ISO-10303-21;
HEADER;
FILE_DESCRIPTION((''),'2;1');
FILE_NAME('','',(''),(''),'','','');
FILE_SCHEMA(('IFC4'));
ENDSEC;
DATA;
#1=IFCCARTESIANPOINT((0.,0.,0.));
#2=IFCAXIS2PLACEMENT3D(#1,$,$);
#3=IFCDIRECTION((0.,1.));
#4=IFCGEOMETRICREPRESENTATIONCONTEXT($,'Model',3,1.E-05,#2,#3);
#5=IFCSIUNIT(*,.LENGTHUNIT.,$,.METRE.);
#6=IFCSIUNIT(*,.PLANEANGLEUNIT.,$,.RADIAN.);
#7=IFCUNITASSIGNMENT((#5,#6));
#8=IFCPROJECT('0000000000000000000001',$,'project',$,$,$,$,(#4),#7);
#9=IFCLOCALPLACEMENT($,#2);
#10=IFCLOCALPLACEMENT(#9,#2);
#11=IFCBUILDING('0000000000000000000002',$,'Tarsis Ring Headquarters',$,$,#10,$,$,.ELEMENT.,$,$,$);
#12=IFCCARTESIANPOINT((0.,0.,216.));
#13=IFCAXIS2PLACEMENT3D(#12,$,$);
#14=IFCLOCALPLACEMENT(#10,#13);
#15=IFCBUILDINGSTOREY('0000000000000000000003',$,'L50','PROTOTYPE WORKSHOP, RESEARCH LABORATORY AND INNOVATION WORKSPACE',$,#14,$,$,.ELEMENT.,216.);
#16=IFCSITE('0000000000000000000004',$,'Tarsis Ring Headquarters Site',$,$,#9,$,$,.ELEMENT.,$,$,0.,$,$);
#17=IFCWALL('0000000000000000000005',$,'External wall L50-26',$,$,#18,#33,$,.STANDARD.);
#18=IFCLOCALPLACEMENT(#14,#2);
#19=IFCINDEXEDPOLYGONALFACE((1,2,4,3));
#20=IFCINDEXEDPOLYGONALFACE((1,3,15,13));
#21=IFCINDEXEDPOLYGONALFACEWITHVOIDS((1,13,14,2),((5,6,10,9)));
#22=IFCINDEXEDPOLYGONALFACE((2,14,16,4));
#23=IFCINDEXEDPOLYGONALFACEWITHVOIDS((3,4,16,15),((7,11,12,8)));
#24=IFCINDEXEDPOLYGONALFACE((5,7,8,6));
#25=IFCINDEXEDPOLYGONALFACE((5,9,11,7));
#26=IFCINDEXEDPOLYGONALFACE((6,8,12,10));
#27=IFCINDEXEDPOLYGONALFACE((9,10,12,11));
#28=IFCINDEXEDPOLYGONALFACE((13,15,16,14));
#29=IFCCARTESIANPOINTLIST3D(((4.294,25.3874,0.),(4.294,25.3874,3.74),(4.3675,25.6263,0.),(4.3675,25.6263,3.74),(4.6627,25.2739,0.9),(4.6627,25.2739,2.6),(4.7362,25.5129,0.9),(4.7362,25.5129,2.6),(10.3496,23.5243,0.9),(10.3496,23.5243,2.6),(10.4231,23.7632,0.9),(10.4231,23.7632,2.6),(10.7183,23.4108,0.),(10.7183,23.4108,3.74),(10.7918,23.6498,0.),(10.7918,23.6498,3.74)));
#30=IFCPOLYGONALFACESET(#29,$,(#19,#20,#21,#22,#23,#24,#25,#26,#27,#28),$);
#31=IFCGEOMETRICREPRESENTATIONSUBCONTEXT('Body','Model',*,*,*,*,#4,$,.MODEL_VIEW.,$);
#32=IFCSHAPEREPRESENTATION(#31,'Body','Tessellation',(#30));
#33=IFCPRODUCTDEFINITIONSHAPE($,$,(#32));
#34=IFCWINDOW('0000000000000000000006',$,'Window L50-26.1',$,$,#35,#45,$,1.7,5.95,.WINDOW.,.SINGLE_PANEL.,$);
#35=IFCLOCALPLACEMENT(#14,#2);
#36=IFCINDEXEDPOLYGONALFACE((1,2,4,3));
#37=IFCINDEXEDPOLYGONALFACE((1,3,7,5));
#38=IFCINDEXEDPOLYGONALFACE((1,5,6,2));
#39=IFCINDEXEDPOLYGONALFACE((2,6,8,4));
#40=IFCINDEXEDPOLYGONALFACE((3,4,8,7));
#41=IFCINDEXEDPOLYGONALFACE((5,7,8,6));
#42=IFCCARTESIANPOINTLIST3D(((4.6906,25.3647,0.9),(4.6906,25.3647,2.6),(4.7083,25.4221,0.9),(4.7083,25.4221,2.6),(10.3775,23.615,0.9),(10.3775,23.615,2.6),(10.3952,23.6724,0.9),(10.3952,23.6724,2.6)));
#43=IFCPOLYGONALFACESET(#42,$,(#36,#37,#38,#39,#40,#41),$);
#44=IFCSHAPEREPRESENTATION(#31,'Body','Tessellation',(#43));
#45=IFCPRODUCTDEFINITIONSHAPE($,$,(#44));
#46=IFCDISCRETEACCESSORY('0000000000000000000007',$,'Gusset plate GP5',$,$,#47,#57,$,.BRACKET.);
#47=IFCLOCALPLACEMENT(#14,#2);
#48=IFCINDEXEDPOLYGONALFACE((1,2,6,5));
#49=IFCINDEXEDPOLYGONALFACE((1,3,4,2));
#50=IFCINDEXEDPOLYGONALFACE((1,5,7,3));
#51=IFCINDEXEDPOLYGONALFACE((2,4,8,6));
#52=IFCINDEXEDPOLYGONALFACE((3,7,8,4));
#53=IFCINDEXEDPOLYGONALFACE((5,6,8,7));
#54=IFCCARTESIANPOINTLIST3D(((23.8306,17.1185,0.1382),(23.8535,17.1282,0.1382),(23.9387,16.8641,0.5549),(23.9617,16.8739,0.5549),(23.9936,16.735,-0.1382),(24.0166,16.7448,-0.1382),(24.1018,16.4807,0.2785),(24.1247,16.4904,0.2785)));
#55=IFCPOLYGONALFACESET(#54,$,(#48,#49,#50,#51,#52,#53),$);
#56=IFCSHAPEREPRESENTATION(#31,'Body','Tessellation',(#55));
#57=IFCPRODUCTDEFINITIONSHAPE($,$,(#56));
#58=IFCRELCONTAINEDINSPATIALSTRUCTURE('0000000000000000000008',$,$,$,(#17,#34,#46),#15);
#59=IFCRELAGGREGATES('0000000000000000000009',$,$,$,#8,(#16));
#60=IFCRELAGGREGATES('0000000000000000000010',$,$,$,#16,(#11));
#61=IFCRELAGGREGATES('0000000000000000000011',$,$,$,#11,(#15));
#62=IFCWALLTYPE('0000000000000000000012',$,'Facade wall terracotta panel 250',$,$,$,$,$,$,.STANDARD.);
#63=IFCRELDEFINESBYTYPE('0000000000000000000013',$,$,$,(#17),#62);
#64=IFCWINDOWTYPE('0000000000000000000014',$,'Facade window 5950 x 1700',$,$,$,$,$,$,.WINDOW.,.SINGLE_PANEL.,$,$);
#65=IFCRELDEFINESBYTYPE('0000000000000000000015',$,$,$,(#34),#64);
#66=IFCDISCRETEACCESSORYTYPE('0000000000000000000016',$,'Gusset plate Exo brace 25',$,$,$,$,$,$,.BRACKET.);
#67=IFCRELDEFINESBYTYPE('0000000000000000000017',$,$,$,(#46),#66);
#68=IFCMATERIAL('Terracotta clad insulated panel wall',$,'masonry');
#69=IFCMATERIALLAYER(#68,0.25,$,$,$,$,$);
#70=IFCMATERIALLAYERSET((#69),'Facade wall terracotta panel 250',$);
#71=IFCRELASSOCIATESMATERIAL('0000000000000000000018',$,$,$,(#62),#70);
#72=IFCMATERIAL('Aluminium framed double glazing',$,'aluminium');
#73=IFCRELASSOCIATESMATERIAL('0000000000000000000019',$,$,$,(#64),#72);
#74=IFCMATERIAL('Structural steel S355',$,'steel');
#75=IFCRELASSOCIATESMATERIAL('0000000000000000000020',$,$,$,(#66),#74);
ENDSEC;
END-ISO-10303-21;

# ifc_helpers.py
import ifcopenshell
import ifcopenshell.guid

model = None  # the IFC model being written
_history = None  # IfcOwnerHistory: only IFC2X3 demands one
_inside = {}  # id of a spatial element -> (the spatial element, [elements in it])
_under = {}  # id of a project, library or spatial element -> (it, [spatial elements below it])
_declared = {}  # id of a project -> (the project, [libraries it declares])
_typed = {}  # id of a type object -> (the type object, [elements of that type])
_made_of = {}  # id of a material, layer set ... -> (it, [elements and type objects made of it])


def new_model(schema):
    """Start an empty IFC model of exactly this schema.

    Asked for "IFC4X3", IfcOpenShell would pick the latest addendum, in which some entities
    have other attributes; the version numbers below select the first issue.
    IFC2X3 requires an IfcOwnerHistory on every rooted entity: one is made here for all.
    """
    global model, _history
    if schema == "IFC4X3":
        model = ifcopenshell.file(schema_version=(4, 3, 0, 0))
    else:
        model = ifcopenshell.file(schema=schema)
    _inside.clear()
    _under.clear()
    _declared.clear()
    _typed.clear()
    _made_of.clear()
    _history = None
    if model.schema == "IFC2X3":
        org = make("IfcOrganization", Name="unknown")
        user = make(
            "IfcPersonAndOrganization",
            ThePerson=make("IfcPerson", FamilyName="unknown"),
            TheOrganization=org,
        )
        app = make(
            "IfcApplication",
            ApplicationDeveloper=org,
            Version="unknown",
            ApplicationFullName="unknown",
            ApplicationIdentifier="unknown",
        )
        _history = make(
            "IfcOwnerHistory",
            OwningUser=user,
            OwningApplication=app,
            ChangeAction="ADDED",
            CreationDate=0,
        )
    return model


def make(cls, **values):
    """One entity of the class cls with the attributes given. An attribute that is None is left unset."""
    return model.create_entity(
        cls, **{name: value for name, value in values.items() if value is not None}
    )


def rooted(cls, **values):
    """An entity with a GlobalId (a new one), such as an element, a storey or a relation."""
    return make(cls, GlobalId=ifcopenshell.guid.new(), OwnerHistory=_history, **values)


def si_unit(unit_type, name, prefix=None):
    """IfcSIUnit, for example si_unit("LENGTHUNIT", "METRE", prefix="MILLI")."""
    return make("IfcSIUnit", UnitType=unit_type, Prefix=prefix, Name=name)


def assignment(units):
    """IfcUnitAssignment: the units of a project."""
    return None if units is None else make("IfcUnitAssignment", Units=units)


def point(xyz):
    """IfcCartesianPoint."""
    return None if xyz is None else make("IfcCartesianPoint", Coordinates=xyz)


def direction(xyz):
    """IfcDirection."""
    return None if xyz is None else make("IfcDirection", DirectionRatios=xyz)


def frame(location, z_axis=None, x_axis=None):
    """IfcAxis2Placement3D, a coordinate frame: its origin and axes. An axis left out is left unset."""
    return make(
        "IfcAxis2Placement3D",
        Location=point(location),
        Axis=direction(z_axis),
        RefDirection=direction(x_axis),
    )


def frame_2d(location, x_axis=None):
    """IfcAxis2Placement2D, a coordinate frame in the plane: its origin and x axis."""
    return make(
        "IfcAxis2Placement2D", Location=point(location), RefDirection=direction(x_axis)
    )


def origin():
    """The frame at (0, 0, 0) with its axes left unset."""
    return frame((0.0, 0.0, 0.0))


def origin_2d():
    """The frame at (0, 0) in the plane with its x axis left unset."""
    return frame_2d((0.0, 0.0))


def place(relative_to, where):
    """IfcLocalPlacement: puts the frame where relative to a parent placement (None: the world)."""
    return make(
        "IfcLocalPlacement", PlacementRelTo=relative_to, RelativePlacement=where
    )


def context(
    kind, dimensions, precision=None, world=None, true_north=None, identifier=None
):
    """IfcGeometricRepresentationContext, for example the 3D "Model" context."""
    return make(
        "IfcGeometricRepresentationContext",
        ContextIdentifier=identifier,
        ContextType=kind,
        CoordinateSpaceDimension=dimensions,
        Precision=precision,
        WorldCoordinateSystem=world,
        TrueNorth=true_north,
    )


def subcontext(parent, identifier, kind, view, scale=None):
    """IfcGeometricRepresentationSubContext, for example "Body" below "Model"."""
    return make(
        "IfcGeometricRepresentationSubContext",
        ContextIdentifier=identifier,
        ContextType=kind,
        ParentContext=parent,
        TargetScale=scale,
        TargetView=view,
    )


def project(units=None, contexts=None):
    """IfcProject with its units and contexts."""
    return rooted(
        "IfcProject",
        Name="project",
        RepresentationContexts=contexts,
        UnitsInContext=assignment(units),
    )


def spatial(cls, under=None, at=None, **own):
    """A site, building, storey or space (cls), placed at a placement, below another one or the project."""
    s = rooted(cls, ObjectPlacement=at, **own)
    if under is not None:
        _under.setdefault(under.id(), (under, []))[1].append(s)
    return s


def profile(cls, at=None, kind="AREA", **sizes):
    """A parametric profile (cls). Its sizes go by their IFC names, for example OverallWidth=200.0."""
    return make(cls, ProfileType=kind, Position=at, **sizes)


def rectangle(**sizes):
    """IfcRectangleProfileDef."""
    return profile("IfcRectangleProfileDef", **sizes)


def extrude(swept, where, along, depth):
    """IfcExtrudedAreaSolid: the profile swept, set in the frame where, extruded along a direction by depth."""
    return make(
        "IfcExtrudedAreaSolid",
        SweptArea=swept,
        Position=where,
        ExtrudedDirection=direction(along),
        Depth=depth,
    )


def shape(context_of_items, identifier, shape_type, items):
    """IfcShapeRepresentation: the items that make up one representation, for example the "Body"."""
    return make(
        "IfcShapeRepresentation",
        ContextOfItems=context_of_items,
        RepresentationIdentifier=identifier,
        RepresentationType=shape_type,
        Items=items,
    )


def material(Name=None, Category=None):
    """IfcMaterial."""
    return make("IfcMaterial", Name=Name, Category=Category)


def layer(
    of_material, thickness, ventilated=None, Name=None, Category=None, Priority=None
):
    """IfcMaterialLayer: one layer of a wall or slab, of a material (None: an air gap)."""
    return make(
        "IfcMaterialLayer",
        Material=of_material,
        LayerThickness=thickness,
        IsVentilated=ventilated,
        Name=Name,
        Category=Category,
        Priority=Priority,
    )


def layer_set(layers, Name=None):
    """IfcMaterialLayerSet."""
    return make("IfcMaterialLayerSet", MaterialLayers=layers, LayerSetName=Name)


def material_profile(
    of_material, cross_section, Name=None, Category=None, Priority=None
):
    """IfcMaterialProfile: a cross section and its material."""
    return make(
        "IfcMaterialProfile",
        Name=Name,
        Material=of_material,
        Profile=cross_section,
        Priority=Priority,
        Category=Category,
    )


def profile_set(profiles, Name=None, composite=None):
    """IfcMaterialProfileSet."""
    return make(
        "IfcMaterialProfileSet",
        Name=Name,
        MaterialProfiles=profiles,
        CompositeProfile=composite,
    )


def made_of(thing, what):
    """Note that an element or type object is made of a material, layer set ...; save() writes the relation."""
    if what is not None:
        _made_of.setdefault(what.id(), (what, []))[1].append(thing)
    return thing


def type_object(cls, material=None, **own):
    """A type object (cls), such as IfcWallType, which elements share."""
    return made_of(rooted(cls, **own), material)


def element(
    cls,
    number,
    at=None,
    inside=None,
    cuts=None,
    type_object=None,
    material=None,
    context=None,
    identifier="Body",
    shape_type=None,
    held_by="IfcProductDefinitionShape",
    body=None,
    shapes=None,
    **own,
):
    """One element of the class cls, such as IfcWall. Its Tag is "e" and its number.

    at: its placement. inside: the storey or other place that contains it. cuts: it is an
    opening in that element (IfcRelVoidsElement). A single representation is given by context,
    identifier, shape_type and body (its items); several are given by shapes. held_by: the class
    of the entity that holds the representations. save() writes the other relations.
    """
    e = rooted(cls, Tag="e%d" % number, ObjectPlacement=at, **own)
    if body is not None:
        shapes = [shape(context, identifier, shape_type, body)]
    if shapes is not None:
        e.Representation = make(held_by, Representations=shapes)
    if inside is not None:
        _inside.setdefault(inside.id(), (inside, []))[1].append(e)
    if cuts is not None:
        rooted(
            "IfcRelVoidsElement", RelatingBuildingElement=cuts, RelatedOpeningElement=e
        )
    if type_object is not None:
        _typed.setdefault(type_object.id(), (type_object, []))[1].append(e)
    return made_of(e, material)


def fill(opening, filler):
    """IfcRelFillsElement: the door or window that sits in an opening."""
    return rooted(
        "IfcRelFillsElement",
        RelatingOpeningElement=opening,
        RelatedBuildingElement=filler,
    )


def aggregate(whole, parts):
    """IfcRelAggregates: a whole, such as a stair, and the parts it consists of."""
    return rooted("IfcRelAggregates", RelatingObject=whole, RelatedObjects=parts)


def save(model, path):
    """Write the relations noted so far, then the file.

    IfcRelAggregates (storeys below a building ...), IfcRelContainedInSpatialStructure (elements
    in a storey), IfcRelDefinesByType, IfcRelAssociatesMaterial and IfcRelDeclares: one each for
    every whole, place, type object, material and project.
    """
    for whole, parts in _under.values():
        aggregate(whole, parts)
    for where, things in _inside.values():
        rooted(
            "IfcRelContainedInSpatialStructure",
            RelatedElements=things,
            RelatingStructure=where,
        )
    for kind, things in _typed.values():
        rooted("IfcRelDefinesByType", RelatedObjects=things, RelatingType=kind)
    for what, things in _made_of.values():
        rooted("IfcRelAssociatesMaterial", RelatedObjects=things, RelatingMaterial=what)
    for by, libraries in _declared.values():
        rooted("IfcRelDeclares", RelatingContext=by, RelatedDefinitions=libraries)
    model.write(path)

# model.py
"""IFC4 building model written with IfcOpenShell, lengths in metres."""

from ifc_helpers import new_model, si_unit, direction, frame, frame_2d, origin, origin_2d, place, context, subcontext, project, spatial, rectangle, extrude, material, layer, layer_set, material_profile, profile_set, type_object, element, fill, save


model = new_model("IFC4")

# Units and contexts
model_context = context("Model", 3, precision=1e-05, world=origin(), true_north=direction((0.0, 1.0)))
body_context = subcontext(model_context, "Body", "Model", "MODEL_VIEW")
ifc_project = project(units=[si_unit("LENGTHUNIT", "METRE"), si_unit("PLANEANGLEUNIT", "RADIAN")], contexts=[model_context])

# Site, building, storey
site_placement = place(None, origin())
site = spatial("IfcSite", under=ifc_project, at=site_placement, Name="Tarsis Ring Headquarters Site", CompositionType="ELEMENT", RefElevation=0.0)
building_placement = place(site_placement, origin())
building = spatial("IfcBuilding", under=site, at=building_placement, Name="Tarsis Ring Headquarters", CompositionType="ELEMENT")
storey_placement = place(building_placement, frame((0.0, 0.0, 216.0)))
storey = spatial("IfcBuildingStorey", under=building, at=storey_placement, Name="L50", Description="PROTOTYPE WORKSHOP, RESEARCH LABORATORY AND INNOVATION WORKSPACE", CompositionType="ELEMENT", Elevation=216.0)

# Shared definitions
ifc_material_1 = material(Name="Structural steel S355", Category="steel")

# Wall, opening, window
ifc_material_2 = material(Name="Terracotta clad insulated panel wall", Category="masonry")
ifc_layer_1 = layer(ifc_material_2, 0.25)
ifc_layer_set_1 = layer_set([ifc_layer_1], Name="Facade wall terracotta panel 250")
wall_type_1 = type_object("IfcWallType", Name="Facade wall terracotta panel 250", PredefinedType="STANDARD", material=ifc_layer_set_1)
ifc_material_3 = material(Name="Aluminium framed double glazing", Category="aluminium")
window_type = type_object("IfcWindowType", Name="Facade window 5950 x 1700", PartitioningType="SINGLE_PANEL", PredefinedType="WINDOW", material=ifc_material_3)
wall_1_placement = place(storey_placement, frame((10.7551, 23.5303, 0.0), z_axis=(0.0, 0.0, 1.0), x_axis=(-0.955785, 0.294065, 0.0)))
wall_1 = element("IfcWall", 1, at=wall_1_placement, inside=storey, type_object=wall_type_1, Name="External wall L50-26", PredefinedType="STANDARD", context=body_context, shape_type="SweptSolid", body=[
    extrude(rectangle(XDim=6.7214, YDim=0.25, at=frame_2d((3.3608, 0.0))), origin(), (0.0, 0.0, 1.0), 3.74),
])
opening_1_placement = place(wall_1_placement, frame((0.3857, 0.0, 0.8999)))
opening_1 = element("IfcOpeningElement", 2, at=opening_1_placement, cuts=wall_1, PredefinedType="OPENING", context=body_context, shape_type="SweptSolid", body=[
    extrude(rectangle(XDim=5.95, YDim=1.7, at=frame_2d((2.9751, 0.8501))), frame((0.0, 0.135, 0.0), z_axis=(0.0, -1.0, 0.0), x_axis=(1.0, 0.0, 0.0)), (0.0, 0.0, 1.0), 0.27),
])
window_1_placement = place(opening_1_placement, origin())
window_1 = element("IfcWindow", 3, at=window_1_placement, inside=storey, type_object=window_type, Name="Window L50-26.1", OverallHeight=1.7, OverallWidth=5.95, PartitioningType="SINGLE_PANEL", PredefinedType="WINDOW", context=body_context, shape_type="SweptSolid", body=[
    extrude(rectangle(XDim=5.95, YDim=1.7, at=frame_2d((2.9751, 0.8501))), frame((0.0, 0.03, 0.0), z_axis=(0.0, -1.0, 0.0), x_axis=(1.0, 0.0, 0.0)), (0.0, 0.0, 1.0), 0.0601),
])
fill(opening_1, window_1)

# Discrete accessory
ifc_material_profile_1 = material_profile(ifc_material_1, rectangle(XDim=0.0249, YDim=0.5, at=origin_2d()), Name="PL 25x500")
ifc_profile_set_1 = profile_set([ifc_material_profile_1], Name="Structural steel S355")
discrete_accessory_type = type_object("IfcDiscreteAccessoryType", Name="Gusset plate Exo brace 25", PredefinedType="BRACKET", material=ifc_profile_set_1)
discrete_accessory_placement = place(storey_placement, frame((23.9236, 16.9316, 0.0), z_axis=(0.216268, -0.508695, 0.833341), x_axis=(0.920283, 0.391253, 0.0)))
element("IfcDiscreteAccessory", 4, at=discrete_accessory_placement, inside=storey, type_object=discrete_accessory_type, Name="Gusset plate GP5", PredefinedType="BRACKET", context=body_context, shape_type="SweptSolid", body=[
    extrude(rectangle(XDim=0.0249, YDim=0.5, at=origin_2d()), origin(), (0.0, 0.0, 1.0), 0.5),
])

save(model, "model.ifc")
